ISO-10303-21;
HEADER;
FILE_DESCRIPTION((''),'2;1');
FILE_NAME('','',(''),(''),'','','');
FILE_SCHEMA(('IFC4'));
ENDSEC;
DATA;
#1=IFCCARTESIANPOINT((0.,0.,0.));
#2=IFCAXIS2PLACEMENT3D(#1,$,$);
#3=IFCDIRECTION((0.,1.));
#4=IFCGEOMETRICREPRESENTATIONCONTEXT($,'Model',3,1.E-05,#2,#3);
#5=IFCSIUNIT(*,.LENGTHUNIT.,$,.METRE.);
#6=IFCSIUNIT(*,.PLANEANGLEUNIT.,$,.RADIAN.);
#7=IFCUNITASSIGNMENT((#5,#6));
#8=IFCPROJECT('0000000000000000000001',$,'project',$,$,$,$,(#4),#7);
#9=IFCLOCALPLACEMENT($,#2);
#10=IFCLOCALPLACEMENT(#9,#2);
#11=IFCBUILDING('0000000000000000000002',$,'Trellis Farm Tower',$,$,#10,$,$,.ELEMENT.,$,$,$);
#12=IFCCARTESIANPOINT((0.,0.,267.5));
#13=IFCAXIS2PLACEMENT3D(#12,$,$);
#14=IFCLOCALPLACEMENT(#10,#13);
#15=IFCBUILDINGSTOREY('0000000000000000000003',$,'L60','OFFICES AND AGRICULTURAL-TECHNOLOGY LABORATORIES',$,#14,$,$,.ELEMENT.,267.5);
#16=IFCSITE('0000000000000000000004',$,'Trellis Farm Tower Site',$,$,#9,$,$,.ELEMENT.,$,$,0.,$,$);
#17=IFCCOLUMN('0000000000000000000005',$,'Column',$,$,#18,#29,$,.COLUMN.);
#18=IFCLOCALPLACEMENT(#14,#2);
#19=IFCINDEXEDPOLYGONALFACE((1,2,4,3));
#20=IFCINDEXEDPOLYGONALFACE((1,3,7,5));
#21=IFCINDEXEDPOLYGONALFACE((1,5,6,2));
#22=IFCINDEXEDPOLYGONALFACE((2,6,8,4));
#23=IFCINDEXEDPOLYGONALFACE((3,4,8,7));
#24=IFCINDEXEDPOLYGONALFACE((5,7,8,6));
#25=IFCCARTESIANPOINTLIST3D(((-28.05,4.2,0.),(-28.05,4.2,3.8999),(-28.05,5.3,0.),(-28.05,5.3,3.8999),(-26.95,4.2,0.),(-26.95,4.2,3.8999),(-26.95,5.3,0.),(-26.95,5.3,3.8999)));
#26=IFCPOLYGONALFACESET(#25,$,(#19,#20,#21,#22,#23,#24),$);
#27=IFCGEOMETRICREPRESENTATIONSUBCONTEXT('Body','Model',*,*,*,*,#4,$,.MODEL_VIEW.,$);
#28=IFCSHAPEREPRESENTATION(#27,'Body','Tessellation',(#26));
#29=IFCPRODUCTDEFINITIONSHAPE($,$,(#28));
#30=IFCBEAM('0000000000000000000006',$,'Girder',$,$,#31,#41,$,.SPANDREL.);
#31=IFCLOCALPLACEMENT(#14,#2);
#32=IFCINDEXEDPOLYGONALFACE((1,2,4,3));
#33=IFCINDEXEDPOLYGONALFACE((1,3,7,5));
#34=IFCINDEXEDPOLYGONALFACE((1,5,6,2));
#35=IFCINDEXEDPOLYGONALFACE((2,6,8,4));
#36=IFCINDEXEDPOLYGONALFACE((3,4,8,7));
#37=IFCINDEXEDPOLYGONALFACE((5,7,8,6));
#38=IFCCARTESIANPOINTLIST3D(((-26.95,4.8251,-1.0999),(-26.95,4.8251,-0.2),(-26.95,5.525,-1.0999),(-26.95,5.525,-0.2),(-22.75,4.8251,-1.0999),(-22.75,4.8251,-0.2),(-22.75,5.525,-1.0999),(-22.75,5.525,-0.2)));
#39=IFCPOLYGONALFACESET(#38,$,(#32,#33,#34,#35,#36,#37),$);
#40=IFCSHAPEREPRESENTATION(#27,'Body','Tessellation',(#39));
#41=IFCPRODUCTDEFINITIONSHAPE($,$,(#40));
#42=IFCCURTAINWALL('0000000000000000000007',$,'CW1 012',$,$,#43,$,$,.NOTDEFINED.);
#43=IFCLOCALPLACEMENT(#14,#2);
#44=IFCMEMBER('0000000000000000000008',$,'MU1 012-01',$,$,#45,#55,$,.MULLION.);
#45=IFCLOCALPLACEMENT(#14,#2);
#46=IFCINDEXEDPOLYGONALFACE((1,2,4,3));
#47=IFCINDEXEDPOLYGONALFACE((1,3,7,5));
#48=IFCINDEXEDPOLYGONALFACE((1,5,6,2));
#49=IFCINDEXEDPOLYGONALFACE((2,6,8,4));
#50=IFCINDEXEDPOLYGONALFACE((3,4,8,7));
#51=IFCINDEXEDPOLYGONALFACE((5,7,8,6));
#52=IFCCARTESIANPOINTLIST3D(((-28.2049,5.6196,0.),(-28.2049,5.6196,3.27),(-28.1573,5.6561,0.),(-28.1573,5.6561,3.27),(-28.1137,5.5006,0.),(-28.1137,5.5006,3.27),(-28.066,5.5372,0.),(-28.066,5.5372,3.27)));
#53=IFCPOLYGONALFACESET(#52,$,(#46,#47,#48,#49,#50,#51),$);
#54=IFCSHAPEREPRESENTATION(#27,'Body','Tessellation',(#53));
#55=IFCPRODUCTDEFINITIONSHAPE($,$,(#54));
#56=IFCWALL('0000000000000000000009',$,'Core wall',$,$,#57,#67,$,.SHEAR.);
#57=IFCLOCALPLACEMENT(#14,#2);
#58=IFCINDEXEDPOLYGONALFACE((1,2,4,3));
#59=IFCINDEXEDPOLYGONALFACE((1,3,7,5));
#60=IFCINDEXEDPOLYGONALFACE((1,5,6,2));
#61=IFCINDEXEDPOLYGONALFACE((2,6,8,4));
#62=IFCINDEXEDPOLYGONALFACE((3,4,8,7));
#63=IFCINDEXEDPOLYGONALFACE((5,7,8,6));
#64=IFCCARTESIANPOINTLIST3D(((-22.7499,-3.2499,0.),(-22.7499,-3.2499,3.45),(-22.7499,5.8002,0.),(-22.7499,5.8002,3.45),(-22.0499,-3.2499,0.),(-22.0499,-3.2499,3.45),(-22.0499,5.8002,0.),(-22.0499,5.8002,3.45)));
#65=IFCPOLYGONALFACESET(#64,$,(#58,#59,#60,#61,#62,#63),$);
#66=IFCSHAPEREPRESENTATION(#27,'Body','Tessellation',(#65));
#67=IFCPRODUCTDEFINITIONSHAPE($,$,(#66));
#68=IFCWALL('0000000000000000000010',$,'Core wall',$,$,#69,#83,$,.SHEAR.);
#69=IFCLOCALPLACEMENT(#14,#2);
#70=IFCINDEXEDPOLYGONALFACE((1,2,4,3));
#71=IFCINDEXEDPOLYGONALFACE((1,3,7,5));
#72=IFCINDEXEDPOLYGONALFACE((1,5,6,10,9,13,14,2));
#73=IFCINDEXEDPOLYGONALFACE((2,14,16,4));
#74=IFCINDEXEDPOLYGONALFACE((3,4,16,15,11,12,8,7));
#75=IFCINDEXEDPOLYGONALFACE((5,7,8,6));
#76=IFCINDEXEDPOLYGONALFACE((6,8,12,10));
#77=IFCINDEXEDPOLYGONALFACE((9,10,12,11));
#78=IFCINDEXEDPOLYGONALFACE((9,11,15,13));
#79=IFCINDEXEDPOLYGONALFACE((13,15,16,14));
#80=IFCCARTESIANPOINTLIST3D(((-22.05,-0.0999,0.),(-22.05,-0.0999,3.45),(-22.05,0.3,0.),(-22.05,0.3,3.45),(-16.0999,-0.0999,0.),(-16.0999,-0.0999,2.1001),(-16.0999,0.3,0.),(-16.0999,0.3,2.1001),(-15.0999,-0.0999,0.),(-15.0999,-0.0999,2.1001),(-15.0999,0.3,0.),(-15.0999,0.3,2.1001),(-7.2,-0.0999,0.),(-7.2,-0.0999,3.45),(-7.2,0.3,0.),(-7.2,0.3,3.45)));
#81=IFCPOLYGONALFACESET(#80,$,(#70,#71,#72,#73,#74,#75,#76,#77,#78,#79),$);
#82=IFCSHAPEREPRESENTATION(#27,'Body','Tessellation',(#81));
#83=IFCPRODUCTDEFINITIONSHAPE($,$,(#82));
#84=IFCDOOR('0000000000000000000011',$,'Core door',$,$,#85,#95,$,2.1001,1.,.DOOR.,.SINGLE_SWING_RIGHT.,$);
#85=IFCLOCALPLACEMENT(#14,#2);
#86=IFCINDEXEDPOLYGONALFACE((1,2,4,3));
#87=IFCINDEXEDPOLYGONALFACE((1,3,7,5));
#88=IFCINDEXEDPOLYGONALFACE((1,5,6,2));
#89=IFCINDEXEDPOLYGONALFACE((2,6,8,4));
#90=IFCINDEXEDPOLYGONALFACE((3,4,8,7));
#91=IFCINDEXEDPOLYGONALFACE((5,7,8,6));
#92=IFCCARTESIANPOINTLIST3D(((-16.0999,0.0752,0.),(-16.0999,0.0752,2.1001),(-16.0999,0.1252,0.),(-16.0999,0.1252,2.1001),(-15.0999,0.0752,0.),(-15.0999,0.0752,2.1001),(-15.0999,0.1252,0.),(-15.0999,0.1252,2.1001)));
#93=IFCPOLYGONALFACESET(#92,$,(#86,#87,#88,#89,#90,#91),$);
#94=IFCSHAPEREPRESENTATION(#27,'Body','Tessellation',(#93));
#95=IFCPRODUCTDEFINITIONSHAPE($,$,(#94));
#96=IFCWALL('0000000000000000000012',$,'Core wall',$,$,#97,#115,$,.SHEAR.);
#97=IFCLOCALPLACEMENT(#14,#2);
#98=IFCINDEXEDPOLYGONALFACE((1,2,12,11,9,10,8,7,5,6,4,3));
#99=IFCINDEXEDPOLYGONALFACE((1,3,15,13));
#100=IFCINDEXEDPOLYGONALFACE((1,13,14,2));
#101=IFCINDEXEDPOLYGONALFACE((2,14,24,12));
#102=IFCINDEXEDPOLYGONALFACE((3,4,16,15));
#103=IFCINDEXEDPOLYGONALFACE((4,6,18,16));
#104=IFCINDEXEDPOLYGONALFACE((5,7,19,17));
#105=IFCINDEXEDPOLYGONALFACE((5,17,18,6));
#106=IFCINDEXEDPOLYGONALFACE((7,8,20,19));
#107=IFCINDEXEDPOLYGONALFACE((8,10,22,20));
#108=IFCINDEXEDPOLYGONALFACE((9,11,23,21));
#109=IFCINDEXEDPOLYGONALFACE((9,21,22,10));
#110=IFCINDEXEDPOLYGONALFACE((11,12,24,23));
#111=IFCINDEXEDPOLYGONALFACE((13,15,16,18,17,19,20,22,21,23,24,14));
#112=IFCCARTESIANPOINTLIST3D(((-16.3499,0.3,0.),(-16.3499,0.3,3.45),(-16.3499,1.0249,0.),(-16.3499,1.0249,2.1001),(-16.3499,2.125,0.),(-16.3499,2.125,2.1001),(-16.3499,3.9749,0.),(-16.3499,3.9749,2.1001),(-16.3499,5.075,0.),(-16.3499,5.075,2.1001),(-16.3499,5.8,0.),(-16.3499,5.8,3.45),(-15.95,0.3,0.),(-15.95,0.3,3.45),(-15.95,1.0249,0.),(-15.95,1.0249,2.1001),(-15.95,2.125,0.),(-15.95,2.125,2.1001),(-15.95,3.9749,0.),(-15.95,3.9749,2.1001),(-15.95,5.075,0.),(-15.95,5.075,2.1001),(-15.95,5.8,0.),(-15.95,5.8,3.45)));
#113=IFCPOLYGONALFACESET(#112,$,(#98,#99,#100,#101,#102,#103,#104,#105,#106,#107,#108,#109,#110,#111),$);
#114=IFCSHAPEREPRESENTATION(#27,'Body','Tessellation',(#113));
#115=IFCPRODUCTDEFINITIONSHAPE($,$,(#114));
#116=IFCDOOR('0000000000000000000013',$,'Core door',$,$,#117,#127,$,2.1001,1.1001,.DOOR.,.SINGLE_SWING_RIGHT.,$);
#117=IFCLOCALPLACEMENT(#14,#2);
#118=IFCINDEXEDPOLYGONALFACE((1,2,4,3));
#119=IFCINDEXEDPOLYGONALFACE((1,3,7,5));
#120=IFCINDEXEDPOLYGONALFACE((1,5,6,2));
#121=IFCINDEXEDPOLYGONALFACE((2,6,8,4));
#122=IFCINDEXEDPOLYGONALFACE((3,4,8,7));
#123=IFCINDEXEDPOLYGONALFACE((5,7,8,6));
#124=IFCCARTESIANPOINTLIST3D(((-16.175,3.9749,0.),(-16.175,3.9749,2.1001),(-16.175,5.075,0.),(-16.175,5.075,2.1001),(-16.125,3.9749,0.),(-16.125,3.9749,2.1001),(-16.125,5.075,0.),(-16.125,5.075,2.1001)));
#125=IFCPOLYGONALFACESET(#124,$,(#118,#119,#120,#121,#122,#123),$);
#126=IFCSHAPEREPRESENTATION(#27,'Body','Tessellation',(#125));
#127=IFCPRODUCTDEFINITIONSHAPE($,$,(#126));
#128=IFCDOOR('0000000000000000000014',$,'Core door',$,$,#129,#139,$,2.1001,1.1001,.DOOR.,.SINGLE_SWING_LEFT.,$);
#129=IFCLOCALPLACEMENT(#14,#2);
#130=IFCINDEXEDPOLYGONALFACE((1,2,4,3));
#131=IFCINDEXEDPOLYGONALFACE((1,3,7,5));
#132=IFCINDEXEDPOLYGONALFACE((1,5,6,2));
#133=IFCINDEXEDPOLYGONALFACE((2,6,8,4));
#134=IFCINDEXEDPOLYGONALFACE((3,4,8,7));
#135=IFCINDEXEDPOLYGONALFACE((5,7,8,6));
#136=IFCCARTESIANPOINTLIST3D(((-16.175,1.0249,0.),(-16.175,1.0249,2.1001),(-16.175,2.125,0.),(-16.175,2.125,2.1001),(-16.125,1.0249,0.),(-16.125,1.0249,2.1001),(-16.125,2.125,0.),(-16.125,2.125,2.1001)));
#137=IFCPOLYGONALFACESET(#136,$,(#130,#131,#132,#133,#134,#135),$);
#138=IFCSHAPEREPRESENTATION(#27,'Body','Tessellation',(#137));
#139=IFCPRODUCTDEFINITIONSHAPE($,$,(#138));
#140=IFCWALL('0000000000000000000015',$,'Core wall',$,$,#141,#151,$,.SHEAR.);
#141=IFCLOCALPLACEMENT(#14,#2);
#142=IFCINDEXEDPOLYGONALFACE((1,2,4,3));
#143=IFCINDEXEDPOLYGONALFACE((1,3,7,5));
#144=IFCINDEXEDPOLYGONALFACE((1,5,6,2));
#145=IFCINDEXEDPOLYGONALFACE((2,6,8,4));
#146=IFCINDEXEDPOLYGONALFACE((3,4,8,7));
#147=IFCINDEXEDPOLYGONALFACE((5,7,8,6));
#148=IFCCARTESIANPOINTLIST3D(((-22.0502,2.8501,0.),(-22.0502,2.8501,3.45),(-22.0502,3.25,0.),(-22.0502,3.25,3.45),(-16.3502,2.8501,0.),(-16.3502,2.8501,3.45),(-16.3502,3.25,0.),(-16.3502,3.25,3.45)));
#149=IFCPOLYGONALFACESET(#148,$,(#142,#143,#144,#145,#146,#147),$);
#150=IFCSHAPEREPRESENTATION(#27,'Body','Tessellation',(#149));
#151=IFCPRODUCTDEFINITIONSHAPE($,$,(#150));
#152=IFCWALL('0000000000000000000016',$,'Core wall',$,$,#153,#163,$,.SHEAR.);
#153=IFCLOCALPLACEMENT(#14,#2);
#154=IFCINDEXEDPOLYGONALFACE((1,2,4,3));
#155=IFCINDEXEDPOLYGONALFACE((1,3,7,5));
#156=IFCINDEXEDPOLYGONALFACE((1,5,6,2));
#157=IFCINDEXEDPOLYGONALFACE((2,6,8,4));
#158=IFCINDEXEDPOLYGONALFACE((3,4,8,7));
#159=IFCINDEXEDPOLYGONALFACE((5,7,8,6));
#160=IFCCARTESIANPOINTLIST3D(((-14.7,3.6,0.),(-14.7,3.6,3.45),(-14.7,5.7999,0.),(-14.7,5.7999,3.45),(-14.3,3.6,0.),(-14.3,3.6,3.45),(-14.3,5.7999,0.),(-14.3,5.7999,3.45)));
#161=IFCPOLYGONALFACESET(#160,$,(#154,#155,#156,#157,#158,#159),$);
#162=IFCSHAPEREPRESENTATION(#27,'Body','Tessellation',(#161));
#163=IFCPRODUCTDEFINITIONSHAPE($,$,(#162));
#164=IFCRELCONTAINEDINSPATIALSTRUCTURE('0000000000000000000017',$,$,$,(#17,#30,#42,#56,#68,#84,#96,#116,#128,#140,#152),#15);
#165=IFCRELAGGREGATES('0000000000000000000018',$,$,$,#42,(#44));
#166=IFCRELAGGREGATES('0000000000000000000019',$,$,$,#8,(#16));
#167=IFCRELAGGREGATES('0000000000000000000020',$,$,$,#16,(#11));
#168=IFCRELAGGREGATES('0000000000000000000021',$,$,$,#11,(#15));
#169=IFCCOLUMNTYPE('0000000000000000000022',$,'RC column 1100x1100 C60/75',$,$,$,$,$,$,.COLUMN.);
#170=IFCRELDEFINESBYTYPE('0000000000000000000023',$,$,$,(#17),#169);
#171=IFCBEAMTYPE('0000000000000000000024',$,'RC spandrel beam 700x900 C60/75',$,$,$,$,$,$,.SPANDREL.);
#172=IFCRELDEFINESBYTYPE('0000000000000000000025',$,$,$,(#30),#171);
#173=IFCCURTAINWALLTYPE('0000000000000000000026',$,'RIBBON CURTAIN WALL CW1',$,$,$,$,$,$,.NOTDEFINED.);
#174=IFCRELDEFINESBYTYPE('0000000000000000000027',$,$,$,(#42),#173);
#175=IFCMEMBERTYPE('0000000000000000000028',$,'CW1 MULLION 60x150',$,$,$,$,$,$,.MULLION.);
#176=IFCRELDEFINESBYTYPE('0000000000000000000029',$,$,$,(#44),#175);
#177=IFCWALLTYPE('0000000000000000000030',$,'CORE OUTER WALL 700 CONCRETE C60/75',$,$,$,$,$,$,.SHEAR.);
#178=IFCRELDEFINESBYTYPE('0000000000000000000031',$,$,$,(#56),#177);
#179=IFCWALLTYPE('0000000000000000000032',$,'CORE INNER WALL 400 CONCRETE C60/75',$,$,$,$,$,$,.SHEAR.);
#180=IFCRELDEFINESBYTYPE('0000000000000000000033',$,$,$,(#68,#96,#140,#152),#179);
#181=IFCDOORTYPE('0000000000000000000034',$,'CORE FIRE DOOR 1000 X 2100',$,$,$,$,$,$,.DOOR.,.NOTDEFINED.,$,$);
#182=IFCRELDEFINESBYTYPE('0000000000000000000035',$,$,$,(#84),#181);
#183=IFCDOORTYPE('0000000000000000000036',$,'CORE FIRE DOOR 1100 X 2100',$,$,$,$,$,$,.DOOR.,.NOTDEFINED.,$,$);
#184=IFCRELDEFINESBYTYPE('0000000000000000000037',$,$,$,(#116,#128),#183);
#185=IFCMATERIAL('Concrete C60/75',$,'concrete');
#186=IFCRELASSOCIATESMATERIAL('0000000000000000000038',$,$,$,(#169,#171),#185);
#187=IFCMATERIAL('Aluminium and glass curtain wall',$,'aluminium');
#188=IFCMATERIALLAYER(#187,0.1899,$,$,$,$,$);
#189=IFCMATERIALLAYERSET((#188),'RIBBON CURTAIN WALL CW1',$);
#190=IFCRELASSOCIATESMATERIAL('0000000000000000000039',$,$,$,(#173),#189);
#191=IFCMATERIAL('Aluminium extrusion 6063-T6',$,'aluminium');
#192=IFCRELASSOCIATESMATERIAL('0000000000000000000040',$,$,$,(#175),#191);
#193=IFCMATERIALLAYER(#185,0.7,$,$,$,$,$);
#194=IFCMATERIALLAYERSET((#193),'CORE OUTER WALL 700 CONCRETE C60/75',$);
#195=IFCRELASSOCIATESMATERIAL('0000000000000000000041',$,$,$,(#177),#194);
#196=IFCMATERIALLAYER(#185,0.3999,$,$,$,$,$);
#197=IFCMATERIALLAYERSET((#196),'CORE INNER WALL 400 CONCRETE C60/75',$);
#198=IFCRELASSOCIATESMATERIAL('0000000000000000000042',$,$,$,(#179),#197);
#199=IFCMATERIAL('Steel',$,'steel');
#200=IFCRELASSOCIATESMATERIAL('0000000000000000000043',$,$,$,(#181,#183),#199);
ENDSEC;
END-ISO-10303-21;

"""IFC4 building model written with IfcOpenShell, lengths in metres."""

from ifc_helpers import new_model, si_unit, direction, frame, frame_2d, origin, origin_2d, place, context, subcontext, project, spatial, rectangle, extrude, source, transform, mapped, material, layer, layer_set, material_profile, profile_set, type_object, element, fill, aggregate, save


model = new_model("IFC4")

# Units and contexts
model_context = context("Model", 3, precision=1e-05, world=origin(), true_north=direction((0.0, 1.0)))
body_context = subcontext(model_context, "Body", "Model", "MODEL_VIEW")
ifc_project = project(units=[si_unit("LENGTHUNIT", "METRE"), si_unit("PLANEANGLEUNIT", "RADIAN")], contexts=[model_context])

# Site, building, storey
site_placement = place(None, origin())
site = spatial("IfcSite", under=ifc_project, at=site_placement, Name="Trellis Farm Tower Site", CompositionType="ELEMENT", RefElevation=0.0)
building_placement = place(site_placement, origin())
building = spatial("IfcBuilding", under=site, at=building_placement, Name="Trellis Farm Tower", CompositionType="ELEMENT")
storey_placement = place(building_placement, frame((0.0, 0.0, 267.5)))
storey = spatial("IfcBuildingStorey", under=building, at=storey_placement, Name="L60", Description="OFFICES AND AGRICULTURAL-TECHNOLOGY LABORATORIES", CompositionType="ELEMENT", Elevation=267.5)

# Column
ifc_material_1 = material(Name="Concrete C60/75", Category="concrete")
ifc_material_profile_1 = material_profile(ifc_material_1, rectangle(XDim=1.1001, YDim=1.1001, at=origin_2d()), Name="RC column 1100x1100 C60/75")
ifc_profile_set_1 = profile_set([ifc_material_profile_1], Name="Concrete C60/75")
column_type = type_object("IfcColumnType", Name="RC column 1100x1100 C60/75", PredefinedType="COLUMN", material=ifc_profile_set_1)
shared_shape_1 = source(origin(), body_context, "Body", "SweptSolid", [
    extrude(rectangle(XDim=1.1001, YDim=1.1001, at=origin_2d()), origin(), (0.0, 0.0, 1.0), 3.8999),
])
column_placement = place(storey_placement, frame((-27.5, 4.75, 0.0), z_axis=(0.0, 0.0, 1.0), x_axis=(1.0, 0.0, 0.0)))
element("IfcColumn", 1, at=column_placement, inside=storey, type_object=column_type, Name="Column", PredefinedType="COLUMN", context=body_context, shape_type="MappedRepresentation", body=[
    mapped(shared_shape_1, transform((0.0, 0.0, 0.0))),
])

# Beam
ifc_material_profile_2 = material_profile(ifc_material_1, rectangle(XDim=0.7, YDim=0.8999, at=origin_2d()), Name="RC spandrel beam 700x900 C60/75")
ifc_profile_set_2 = profile_set([ifc_material_profile_2], Name="Concrete C60/75")
beam_type = type_object("IfcBeamType", Name="RC spandrel beam 700x900 C60/75", PredefinedType="SPANDREL", material=ifc_profile_set_2)
shared_shape_2 = source(origin(), body_context, "Body", "SweptSolid", [
    extrude(rectangle(XDim=0.7, YDim=0.8999, at=origin_2d()), origin(), (0.0, 0.0, 1.0), 4.2),
])
beam_placement = place(storey_placement, frame((-26.95, 5.175, -0.6499), z_axis=(1.0, 0.0, 0.0), x_axis=(0.0, 1.0, 0.0)))
element("IfcBeam", 2, at=beam_placement, inside=storey, type_object=beam_type, Name="Girder", PredefinedType="SPANDREL", context=body_context, shape_type="MappedRepresentation", body=[
    mapped(shared_shape_2, transform((0.0, 0.0, 0.0))),
])

# Curtain wall, member
ifc_material_2 = material(Name="Aluminium and glass curtain wall", Category="aluminium")
ifc_layer_1 = layer(ifc_material_2, 0.1899)
ifc_layer_set_1 = layer_set([ifc_layer_1], Name="RIBBON CURTAIN WALL CW1")
curtain_wall_type = type_object("IfcCurtainWallType", Name="RIBBON CURTAIN WALL CW1", PredefinedType="NOTDEFINED", material=ifc_layer_set_1)
placement = place(storey_placement, origin())
curtain_wall = element("IfcCurtainWall", 3, at=placement, inside=storey, type_object=curtain_wall_type, Name="CW1 012", PredefinedType="NOTDEFINED")
ifc_material_3 = material(Name="Aluminium extrusion 6063-T6", Category="aluminium")
ifc_material_profile_3 = material_profile(ifc_material_3, rectangle(XDim=0.0601, YDim=0.1499, at=origin_2d()), Name="MULLION 60x150")
ifc_profile_set_3 = profile_set([ifc_material_profile_3], Name="Aluminium extrusion 6063-T6")
member_type = type_object("IfcMemberType", Name="CW1 MULLION 60x150", PredefinedType="MULLION", material=ifc_profile_set_3)
shared_shape_3 = source(origin(), body_context, "Body", "SweptSolid", [
    extrude(rectangle(XDim=0.0601, YDim=0.1499, at=origin_2d()), origin(), (0.0, 0.0, 1.0), 3.27),
])
member_placement = place(storey_placement, frame((-28.1355, 5.5784, 0.0), z_axis=(0.0, 0.0, 1.0), x_axis=(-0.793353, -0.608761, 0.0)))
member = element("IfcMember", 4, at=member_placement, type_object=member_type, Name="MU1 012-01", PredefinedType="MULLION", context=body_context, shape_type="MappedRepresentation", body=[
    mapped(shared_shape_3, transform((0.0, 0.0, 0.0))),
])
aggregate(curtain_wall, [member])

# Wall
ifc_layer_2 = layer(ifc_material_1, 0.7)
ifc_layer_set_2 = layer_set([ifc_layer_2], Name="CORE OUTER WALL 700 CONCRETE C60/75")
wall_type_1 = type_object("IfcWallType", Name="CORE OUTER WALL 700 CONCRETE C60/75", PredefinedType="SHEAR", material=ifc_layer_set_2)
shared_shape_4 = source(origin(), body_context, "Body", "SweptSolid", [
    extrude(rectangle(XDim=9.05, YDim=0.7, at=frame_2d((4.5249, 0.0))), origin(), (0.0, 0.0, 1.0), 3.45),
])
wall_1_placement = place(storey_placement, frame((-22.3999, 5.8, 0.0), z_axis=(0.0, 0.0, 1.0), x_axis=(0.0, -1.0, 0.0)))
element("IfcWall", 5, at=wall_1_placement, inside=storey, type_object=wall_type_1, Name="Core wall", PredefinedType="SHEAR", context=body_context, shape_type="MappedRepresentation", body=[
    mapped(shared_shape_4, transform((0.0, 0.0, 0.0))),
])

# Wall, opening, door
ifc_layer_3 = layer(ifc_material_1, 0.3999)
ifc_layer_set_3 = layer_set([ifc_layer_3], Name="CORE INNER WALL 400 CONCRETE C60/75")
wall_type_2 = type_object("IfcWallType", Name="CORE INNER WALL 400 CONCRETE C60/75", PredefinedType="SHEAR", material=ifc_layer_set_3)
shared_shape_5 = source(origin(), body_context, "Body", "SweptSolid", [
    extrude(rectangle(XDim=14.8501, YDim=0.3999, at=frame_2d((7.425, 0.0))), origin(), (0.0, 0.0, 1.0), 3.45),
])
wall_2_placement = place(storey_placement, frame((-7.2, 0.1001, 0.0), z_axis=(0.0, 0.0, 1.0), x_axis=(-1.0, 0.0, 0.0)))
wall_2 = element("IfcWall", 6, at=wall_2_placement, inside=storey, type_object=wall_type_2, Name="Core wall", PredefinedType="SHEAR", context=body_context, shape_type="MappedRepresentation", body=[
    mapped(shared_shape_5, transform((0.0, 0.0, 0.0))),
])
shared_shape_6 = source(origin(), body_context, "Body", "SweptSolid", [
    extrude(rectangle(XDim=1.0, YDim=2.1001, at=frame_2d((0.5, 1.05))), frame((0.0, 0.21, 0.0), z_axis=(0.0, -1.0, 0.0), x_axis=(1.0, 0.0, 0.0)), (0.0, 0.0, 1.0), 0.4199),
])
opening_1_placement = place(wall_2_placement, frame((7.8999, 0.0, 0.0)))
opening_1 = element("IfcOpeningElement", 7, at=opening_1_placement, cuts=wall_2, PredefinedType="OPENING", context=body_context, shape_type="MappedRepresentation", body=[
    mapped(shared_shape_6, transform((0.0, 0.0, 0.0))),
])
ifc_material_4 = material(Name="Steel", Category="steel")
door_type_1 = type_object("IfcDoorType", Name="CORE FIRE DOOR 1000 X 2100", OperationType="NOTDEFINED", PredefinedType="DOOR", material=ifc_material_4)
shared_shape_7 = source(origin(), body_context, "Body", "SweptSolid", [
    extrude(rectangle(XDim=1.0, YDim=2.1001, at=frame_2d((0.5, 1.05))), frame((0.0, 0.0249, 0.0), z_axis=(0.0, -1.0, 0.0), x_axis=(1.0, 0.0, 0.0)), (0.0, 0.0, 1.0), 0.05),
])
door_1_placement = place(opening_1_placement, origin())
door_1 = element("IfcDoor", 8, at=door_1_placement, inside=storey, type_object=door_type_1, Name="Core door", OperationType="SINGLE_SWING_RIGHT", OverallHeight=2.1001, OverallWidth=1.0, PredefinedType="DOOR", context=body_context, shape_type="MappedRepresentation", body=[
    mapped(shared_shape_7, transform((0.0, 0.0, 0.0))),
])
fill(opening_1, door_1)

# Wall, openings, doors
shared_shape_8 = source(origin(), body_context, "Body", "SweptSolid", [
    extrude(rectangle(XDim=5.5, YDim=0.3999, at=frame_2d((2.75, 0.0))), origin(), (0.0, 0.0, 1.0), 3.45),
])
wall_3_placement = place(storey_placement, frame((-16.1499, 5.8, 0.0), z_axis=(0.0, 0.0, 1.0), x_axis=(0.0, -1.0, 0.0)))
wall_3 = element("IfcWall", 9, at=wall_3_placement, inside=storey, type_object=wall_type_2, Name="Core wall", PredefinedType="SHEAR", context=body_context, shape_type="MappedRepresentation", body=[
    mapped(shared_shape_8, transform((0.0, 0.0, 0.0))),
])
shared_shape_9 = source(origin(), body_context, "Body", "SweptSolid", [
    extrude(rectangle(XDim=1.1001, YDim=2.1001, at=frame_2d((0.55, 1.05))), frame((0.0, 0.21, 0.0), z_axis=(0.0, -1.0, 0.0), x_axis=(1.0, 0.0, 0.0)), (0.0, 0.0, 1.0), 0.4199),
])
opening_2_placement = place(wall_3_placement, frame((0.7251, 0.0, 0.0)))
opening_2 = element("IfcOpeningElement", 10, at=opening_2_placement, cuts=wall_3, PredefinedType="OPENING", context=body_context, shape_type="MappedRepresentation", body=[
    mapped(shared_shape_9, transform((0.0, 0.0, 0.0))),
])
opening_3_placement = place(wall_3_placement, frame((3.675, 0.0, 0.0)))
opening_3 = element("IfcOpeningElement", 11, at=opening_3_placement, cuts=wall_3, PredefinedType="OPENING", context=body_context, shape_type="MappedRepresentation", body=[
    mapped(shared_shape_9, transform((0.0, 0.0, 0.0))),
])
door_type_2 = type_object("IfcDoorType", Name="CORE FIRE DOOR 1100 X 2100", OperationType="NOTDEFINED", PredefinedType="DOOR", material=ifc_material_4)
shared_shape_10 = source(origin(), body_context, "Body", "SweptSolid", [
    extrude(rectangle(XDim=1.1001, YDim=2.1001, at=frame_2d((0.55, 1.05))), frame((0.0, 0.0249, 0.0), z_axis=(0.0, -1.0, 0.0), x_axis=(1.0, 0.0, 0.0)), (0.0, 0.0, 1.0), 0.05),
])
door_2_placement = place(opening_2_placement, origin())
door_2 = element("IfcDoor", 12, at=door_2_placement, inside=storey, type_object=door_type_2, Name="Core door", OperationType="SINGLE_SWING_RIGHT", OverallHeight=2.1001, OverallWidth=1.1001, PredefinedType="DOOR", context=body_context, shape_type="MappedRepresentation", body=[
    mapped(shared_shape_10, transform((0.0, 0.0, 0.0))),
])
fill(opening_2, door_2)
door_3_placement = place(opening_3_placement, origin())
door_3 = element("IfcDoor", 13, at=door_3_placement, inside=storey, type_object=door_type_2, Name="Core door", OperationType="SINGLE_SWING_LEFT", OverallHeight=2.1001, OverallWidth=1.1001, PredefinedType="DOOR", context=body_context, shape_type="MappedRepresentation", body=[
    mapped(shared_shape_10, transform((0.0, 0.0, 0.0))),
])
fill(opening_3, door_3)

# Walls
shared_shape_11 = source(origin(), body_context, "Body", "SweptSolid", [
    extrude(rectangle(XDim=5.7, YDim=0.3999, at=frame_2d((2.8501, 0.0))), origin(), (0.0, 0.0, 1.0), 3.45),
])
wall_4_placement = place(storey_placement, frame((-16.3501, 3.05, 0.0), z_axis=(0.0, 0.0, 1.0), x_axis=(-1.0, 0.0, 0.0)))
element("IfcWall", 14, at=wall_4_placement, inside=storey, type_object=wall_type_2, Name="Core wall", PredefinedType="SHEAR", context=body_context, shape_type="MappedRepresentation", body=[
    mapped(shared_shape_11, transform((0.0, 0.0, 0.0))),
])
shared_shape_12 = source(origin(), body_context, "Body", "SweptSolid", [
    extrude(rectangle(XDim=2.2, YDim=0.3999, at=frame_2d((1.1001, 0.0))), origin(), (0.0, 0.0, 1.0), 3.45),
])
wall_5_placement = place(storey_placement, frame((-14.5, 5.8, 0.0), z_axis=(0.0, 0.0, 1.0), x_axis=(0.0, -1.0, 0.0)))
element("IfcWall", 15, at=wall_5_placement, inside=storey, type_object=wall_type_2, Name="Core wall", PredefinedType="SHEAR", context=body_context, shape_type="MappedRepresentation", body=[
    mapped(shared_shape_12, transform((0.0, 0.0, 0.0))),
])

save(model, "model.ifc")
